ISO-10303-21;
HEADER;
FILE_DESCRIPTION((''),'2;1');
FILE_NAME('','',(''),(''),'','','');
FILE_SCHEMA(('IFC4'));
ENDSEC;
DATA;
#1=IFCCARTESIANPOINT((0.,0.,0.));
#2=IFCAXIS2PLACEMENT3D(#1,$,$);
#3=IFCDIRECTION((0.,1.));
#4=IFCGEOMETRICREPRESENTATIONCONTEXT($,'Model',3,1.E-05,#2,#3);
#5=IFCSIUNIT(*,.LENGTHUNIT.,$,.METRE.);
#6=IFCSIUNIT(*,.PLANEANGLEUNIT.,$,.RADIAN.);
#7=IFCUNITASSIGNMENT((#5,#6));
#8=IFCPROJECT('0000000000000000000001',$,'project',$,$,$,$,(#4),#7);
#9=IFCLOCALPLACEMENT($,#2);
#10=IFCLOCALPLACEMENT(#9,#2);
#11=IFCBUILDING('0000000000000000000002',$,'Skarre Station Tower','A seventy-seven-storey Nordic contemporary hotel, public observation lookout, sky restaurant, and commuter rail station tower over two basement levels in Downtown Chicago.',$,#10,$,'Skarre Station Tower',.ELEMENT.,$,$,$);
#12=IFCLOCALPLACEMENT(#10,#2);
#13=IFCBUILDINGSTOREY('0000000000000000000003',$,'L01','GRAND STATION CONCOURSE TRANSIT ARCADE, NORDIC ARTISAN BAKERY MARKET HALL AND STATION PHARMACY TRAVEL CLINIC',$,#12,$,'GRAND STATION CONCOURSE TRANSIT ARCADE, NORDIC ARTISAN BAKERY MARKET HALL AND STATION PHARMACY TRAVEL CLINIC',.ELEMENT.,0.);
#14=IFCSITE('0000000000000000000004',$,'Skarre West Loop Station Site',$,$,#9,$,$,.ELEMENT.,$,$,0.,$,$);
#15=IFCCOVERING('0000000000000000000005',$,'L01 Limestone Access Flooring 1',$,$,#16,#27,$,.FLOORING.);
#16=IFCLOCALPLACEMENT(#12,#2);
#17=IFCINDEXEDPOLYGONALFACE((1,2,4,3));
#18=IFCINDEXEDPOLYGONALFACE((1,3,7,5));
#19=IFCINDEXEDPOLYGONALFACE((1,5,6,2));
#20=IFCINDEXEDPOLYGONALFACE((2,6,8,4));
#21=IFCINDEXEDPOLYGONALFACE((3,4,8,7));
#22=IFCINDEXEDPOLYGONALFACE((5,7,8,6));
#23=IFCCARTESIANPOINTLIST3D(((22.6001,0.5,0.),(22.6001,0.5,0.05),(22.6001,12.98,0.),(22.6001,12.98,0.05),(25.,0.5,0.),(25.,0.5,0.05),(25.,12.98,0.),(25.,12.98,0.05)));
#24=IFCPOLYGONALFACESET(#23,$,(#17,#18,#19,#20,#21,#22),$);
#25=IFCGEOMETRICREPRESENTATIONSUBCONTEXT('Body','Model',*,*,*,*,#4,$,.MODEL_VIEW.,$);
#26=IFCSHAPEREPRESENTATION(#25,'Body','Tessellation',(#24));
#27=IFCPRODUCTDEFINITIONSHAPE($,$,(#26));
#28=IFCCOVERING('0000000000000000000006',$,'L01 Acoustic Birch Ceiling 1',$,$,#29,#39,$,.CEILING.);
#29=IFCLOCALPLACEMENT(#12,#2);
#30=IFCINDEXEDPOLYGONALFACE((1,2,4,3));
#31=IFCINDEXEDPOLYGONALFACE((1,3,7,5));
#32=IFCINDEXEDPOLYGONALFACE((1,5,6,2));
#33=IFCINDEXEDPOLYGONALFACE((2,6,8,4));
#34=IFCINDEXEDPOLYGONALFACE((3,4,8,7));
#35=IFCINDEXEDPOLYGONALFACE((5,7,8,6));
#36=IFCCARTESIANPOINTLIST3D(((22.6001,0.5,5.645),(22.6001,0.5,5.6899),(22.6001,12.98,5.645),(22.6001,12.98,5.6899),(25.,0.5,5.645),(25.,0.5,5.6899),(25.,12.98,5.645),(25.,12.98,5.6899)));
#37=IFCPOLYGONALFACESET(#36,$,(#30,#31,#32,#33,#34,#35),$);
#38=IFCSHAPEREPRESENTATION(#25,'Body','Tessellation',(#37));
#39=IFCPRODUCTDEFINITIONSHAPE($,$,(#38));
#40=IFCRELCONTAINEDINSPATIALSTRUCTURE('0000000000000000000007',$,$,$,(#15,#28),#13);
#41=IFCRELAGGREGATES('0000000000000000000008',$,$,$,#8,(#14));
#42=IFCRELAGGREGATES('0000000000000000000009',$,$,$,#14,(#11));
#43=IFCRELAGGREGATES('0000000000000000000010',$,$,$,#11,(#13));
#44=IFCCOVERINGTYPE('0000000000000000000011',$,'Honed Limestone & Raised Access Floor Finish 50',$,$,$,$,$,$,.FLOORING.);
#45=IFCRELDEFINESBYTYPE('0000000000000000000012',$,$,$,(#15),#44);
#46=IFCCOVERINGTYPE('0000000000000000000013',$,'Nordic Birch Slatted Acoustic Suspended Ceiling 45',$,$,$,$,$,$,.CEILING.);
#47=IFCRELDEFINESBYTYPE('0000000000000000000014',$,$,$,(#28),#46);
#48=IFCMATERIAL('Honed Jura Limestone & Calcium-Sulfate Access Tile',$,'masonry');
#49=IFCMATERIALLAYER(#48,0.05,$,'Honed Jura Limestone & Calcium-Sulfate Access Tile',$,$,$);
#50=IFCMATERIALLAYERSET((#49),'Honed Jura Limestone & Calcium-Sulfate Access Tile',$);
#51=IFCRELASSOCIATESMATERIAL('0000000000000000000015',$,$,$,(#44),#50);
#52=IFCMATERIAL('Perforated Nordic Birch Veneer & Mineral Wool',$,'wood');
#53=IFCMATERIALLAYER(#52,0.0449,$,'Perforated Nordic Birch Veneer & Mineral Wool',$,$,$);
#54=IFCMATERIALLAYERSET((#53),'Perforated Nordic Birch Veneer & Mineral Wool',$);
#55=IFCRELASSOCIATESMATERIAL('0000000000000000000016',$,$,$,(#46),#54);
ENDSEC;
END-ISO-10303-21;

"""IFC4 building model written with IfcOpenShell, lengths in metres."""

from ifc_helpers import new_model, si_unit, direction, frame, origin, place, context, subcontext, project, spatial, polyline, outline, extrude, material, layer, layer_set, type_object, element, save


model = new_model("IFC4")

# Units and contexts
model_context = context("Model", 3, precision=1e-05, world=origin(), true_north=direction((0.0, 1.0)))
body_context = subcontext(model_context, "Body", "Model", "MODEL_VIEW")
ifc_project = project(units=[si_unit("LENGTHUNIT", "METRE"), si_unit("PLANEANGLEUNIT", "RADIAN")], contexts=[model_context])

# Site, building, storey
site_placement = place(None, origin())
site = spatial("IfcSite", under=ifc_project, at=site_placement, Name="Skarre West Loop Station Site", CompositionType="ELEMENT", RefElevation=0.0)
building_placement = place(site_placement, origin())
building = spatial("IfcBuilding", under=site, at=building_placement, Name="Skarre Station Tower", Description="A seventy-seven-storey Nordic contemporary hotel, public observation lookout, sky restaurant, and commuter rail station tower over two basement levels in Downtown Chicago.", LongName="Skarre Station Tower", CompositionType="ELEMENT")
storey_placement = place(building_placement, origin())
storey = spatial("IfcBuildingStorey", under=building, at=storey_placement, Name="L01", Description="GRAND STATION CONCOURSE TRANSIT ARCADE, NORDIC ARTISAN BAKERY MARKET HALL AND STATION PHARMACY TRAVEL CLINIC", LongName="GRAND STATION CONCOURSE TRANSIT ARCADE, NORDIC ARTISAN BAKERY MARKET HALL AND STATION PHARMACY TRAVEL CLINIC", CompositionType="ELEMENT", Elevation=0.0)

# Coverings
ifc_material_1 = material(Name="Honed Jura Limestone & Calcium-Sulfate Access Tile", Category="masonry")
ifc_layer_1 = layer(ifc_material_1, 0.05, Name="Honed Jura Limestone & Calcium-Sulfate Access Tile")
ifc_layer_set_1 = layer_set([ifc_layer_1], Name="Honed Jura Limestone & Calcium-Sulfate Access Tile")
covering_type_1 = type_object("IfcCoveringType", Name="Honed Limestone & Raised Access Floor Finish 50", PredefinedType="FLOORING", material=ifc_layer_set_1)
covering_1_placement = place(storey_placement, origin())
element("IfcCovering", 1, at=covering_1_placement, inside=storey, type_object=covering_type_1, Name="L01 Limestone Access Flooring 1", PredefinedType="FLOORING", context=body_context, shape_type="SweptSolid", body=[
    extrude(outline(polyline([(25.0, 0.5), (25.0, 12.98), (22.6001, 12.98), (22.6001, 0.5), (25.0, 0.5)])), origin(), (0.0, 0.0, 1.0), 0.05),
])
ifc_material_2 = material(Name="Perforated Nordic Birch Veneer & Mineral Wool", Category="wood")
ifc_layer_2 = layer(ifc_material_2, 0.0449, Name="Perforated Nordic Birch Veneer & Mineral Wool")
ifc_layer_set_2 = layer_set([ifc_layer_2], Name="Perforated Nordic Birch Veneer & Mineral Wool")
covering_type_2 = type_object("IfcCoveringType", Name="Nordic Birch Slatted Acoustic Suspended Ceiling 45", PredefinedType="CEILING", material=ifc_layer_set_2)
covering_2_placement = place(storey_placement, frame((0.0, 0.0, 5.645)))
element("IfcCovering", 2, at=covering_2_placement, inside=storey, type_object=covering_type_2, Name="L01 Acoustic Birch Ceiling 1", PredefinedType="CEILING", context=body_context, shape_type="SweptSolid", body=[
    extrude(outline(polyline([(25.0, 0.5), (25.0, 12.98), (22.6001, 12.98), (22.6001, 0.5), (25.0, 0.5)])), origin(), (0.0, 0.0, 1.0), 0.0449),
])

save(model, "model.ifc")
